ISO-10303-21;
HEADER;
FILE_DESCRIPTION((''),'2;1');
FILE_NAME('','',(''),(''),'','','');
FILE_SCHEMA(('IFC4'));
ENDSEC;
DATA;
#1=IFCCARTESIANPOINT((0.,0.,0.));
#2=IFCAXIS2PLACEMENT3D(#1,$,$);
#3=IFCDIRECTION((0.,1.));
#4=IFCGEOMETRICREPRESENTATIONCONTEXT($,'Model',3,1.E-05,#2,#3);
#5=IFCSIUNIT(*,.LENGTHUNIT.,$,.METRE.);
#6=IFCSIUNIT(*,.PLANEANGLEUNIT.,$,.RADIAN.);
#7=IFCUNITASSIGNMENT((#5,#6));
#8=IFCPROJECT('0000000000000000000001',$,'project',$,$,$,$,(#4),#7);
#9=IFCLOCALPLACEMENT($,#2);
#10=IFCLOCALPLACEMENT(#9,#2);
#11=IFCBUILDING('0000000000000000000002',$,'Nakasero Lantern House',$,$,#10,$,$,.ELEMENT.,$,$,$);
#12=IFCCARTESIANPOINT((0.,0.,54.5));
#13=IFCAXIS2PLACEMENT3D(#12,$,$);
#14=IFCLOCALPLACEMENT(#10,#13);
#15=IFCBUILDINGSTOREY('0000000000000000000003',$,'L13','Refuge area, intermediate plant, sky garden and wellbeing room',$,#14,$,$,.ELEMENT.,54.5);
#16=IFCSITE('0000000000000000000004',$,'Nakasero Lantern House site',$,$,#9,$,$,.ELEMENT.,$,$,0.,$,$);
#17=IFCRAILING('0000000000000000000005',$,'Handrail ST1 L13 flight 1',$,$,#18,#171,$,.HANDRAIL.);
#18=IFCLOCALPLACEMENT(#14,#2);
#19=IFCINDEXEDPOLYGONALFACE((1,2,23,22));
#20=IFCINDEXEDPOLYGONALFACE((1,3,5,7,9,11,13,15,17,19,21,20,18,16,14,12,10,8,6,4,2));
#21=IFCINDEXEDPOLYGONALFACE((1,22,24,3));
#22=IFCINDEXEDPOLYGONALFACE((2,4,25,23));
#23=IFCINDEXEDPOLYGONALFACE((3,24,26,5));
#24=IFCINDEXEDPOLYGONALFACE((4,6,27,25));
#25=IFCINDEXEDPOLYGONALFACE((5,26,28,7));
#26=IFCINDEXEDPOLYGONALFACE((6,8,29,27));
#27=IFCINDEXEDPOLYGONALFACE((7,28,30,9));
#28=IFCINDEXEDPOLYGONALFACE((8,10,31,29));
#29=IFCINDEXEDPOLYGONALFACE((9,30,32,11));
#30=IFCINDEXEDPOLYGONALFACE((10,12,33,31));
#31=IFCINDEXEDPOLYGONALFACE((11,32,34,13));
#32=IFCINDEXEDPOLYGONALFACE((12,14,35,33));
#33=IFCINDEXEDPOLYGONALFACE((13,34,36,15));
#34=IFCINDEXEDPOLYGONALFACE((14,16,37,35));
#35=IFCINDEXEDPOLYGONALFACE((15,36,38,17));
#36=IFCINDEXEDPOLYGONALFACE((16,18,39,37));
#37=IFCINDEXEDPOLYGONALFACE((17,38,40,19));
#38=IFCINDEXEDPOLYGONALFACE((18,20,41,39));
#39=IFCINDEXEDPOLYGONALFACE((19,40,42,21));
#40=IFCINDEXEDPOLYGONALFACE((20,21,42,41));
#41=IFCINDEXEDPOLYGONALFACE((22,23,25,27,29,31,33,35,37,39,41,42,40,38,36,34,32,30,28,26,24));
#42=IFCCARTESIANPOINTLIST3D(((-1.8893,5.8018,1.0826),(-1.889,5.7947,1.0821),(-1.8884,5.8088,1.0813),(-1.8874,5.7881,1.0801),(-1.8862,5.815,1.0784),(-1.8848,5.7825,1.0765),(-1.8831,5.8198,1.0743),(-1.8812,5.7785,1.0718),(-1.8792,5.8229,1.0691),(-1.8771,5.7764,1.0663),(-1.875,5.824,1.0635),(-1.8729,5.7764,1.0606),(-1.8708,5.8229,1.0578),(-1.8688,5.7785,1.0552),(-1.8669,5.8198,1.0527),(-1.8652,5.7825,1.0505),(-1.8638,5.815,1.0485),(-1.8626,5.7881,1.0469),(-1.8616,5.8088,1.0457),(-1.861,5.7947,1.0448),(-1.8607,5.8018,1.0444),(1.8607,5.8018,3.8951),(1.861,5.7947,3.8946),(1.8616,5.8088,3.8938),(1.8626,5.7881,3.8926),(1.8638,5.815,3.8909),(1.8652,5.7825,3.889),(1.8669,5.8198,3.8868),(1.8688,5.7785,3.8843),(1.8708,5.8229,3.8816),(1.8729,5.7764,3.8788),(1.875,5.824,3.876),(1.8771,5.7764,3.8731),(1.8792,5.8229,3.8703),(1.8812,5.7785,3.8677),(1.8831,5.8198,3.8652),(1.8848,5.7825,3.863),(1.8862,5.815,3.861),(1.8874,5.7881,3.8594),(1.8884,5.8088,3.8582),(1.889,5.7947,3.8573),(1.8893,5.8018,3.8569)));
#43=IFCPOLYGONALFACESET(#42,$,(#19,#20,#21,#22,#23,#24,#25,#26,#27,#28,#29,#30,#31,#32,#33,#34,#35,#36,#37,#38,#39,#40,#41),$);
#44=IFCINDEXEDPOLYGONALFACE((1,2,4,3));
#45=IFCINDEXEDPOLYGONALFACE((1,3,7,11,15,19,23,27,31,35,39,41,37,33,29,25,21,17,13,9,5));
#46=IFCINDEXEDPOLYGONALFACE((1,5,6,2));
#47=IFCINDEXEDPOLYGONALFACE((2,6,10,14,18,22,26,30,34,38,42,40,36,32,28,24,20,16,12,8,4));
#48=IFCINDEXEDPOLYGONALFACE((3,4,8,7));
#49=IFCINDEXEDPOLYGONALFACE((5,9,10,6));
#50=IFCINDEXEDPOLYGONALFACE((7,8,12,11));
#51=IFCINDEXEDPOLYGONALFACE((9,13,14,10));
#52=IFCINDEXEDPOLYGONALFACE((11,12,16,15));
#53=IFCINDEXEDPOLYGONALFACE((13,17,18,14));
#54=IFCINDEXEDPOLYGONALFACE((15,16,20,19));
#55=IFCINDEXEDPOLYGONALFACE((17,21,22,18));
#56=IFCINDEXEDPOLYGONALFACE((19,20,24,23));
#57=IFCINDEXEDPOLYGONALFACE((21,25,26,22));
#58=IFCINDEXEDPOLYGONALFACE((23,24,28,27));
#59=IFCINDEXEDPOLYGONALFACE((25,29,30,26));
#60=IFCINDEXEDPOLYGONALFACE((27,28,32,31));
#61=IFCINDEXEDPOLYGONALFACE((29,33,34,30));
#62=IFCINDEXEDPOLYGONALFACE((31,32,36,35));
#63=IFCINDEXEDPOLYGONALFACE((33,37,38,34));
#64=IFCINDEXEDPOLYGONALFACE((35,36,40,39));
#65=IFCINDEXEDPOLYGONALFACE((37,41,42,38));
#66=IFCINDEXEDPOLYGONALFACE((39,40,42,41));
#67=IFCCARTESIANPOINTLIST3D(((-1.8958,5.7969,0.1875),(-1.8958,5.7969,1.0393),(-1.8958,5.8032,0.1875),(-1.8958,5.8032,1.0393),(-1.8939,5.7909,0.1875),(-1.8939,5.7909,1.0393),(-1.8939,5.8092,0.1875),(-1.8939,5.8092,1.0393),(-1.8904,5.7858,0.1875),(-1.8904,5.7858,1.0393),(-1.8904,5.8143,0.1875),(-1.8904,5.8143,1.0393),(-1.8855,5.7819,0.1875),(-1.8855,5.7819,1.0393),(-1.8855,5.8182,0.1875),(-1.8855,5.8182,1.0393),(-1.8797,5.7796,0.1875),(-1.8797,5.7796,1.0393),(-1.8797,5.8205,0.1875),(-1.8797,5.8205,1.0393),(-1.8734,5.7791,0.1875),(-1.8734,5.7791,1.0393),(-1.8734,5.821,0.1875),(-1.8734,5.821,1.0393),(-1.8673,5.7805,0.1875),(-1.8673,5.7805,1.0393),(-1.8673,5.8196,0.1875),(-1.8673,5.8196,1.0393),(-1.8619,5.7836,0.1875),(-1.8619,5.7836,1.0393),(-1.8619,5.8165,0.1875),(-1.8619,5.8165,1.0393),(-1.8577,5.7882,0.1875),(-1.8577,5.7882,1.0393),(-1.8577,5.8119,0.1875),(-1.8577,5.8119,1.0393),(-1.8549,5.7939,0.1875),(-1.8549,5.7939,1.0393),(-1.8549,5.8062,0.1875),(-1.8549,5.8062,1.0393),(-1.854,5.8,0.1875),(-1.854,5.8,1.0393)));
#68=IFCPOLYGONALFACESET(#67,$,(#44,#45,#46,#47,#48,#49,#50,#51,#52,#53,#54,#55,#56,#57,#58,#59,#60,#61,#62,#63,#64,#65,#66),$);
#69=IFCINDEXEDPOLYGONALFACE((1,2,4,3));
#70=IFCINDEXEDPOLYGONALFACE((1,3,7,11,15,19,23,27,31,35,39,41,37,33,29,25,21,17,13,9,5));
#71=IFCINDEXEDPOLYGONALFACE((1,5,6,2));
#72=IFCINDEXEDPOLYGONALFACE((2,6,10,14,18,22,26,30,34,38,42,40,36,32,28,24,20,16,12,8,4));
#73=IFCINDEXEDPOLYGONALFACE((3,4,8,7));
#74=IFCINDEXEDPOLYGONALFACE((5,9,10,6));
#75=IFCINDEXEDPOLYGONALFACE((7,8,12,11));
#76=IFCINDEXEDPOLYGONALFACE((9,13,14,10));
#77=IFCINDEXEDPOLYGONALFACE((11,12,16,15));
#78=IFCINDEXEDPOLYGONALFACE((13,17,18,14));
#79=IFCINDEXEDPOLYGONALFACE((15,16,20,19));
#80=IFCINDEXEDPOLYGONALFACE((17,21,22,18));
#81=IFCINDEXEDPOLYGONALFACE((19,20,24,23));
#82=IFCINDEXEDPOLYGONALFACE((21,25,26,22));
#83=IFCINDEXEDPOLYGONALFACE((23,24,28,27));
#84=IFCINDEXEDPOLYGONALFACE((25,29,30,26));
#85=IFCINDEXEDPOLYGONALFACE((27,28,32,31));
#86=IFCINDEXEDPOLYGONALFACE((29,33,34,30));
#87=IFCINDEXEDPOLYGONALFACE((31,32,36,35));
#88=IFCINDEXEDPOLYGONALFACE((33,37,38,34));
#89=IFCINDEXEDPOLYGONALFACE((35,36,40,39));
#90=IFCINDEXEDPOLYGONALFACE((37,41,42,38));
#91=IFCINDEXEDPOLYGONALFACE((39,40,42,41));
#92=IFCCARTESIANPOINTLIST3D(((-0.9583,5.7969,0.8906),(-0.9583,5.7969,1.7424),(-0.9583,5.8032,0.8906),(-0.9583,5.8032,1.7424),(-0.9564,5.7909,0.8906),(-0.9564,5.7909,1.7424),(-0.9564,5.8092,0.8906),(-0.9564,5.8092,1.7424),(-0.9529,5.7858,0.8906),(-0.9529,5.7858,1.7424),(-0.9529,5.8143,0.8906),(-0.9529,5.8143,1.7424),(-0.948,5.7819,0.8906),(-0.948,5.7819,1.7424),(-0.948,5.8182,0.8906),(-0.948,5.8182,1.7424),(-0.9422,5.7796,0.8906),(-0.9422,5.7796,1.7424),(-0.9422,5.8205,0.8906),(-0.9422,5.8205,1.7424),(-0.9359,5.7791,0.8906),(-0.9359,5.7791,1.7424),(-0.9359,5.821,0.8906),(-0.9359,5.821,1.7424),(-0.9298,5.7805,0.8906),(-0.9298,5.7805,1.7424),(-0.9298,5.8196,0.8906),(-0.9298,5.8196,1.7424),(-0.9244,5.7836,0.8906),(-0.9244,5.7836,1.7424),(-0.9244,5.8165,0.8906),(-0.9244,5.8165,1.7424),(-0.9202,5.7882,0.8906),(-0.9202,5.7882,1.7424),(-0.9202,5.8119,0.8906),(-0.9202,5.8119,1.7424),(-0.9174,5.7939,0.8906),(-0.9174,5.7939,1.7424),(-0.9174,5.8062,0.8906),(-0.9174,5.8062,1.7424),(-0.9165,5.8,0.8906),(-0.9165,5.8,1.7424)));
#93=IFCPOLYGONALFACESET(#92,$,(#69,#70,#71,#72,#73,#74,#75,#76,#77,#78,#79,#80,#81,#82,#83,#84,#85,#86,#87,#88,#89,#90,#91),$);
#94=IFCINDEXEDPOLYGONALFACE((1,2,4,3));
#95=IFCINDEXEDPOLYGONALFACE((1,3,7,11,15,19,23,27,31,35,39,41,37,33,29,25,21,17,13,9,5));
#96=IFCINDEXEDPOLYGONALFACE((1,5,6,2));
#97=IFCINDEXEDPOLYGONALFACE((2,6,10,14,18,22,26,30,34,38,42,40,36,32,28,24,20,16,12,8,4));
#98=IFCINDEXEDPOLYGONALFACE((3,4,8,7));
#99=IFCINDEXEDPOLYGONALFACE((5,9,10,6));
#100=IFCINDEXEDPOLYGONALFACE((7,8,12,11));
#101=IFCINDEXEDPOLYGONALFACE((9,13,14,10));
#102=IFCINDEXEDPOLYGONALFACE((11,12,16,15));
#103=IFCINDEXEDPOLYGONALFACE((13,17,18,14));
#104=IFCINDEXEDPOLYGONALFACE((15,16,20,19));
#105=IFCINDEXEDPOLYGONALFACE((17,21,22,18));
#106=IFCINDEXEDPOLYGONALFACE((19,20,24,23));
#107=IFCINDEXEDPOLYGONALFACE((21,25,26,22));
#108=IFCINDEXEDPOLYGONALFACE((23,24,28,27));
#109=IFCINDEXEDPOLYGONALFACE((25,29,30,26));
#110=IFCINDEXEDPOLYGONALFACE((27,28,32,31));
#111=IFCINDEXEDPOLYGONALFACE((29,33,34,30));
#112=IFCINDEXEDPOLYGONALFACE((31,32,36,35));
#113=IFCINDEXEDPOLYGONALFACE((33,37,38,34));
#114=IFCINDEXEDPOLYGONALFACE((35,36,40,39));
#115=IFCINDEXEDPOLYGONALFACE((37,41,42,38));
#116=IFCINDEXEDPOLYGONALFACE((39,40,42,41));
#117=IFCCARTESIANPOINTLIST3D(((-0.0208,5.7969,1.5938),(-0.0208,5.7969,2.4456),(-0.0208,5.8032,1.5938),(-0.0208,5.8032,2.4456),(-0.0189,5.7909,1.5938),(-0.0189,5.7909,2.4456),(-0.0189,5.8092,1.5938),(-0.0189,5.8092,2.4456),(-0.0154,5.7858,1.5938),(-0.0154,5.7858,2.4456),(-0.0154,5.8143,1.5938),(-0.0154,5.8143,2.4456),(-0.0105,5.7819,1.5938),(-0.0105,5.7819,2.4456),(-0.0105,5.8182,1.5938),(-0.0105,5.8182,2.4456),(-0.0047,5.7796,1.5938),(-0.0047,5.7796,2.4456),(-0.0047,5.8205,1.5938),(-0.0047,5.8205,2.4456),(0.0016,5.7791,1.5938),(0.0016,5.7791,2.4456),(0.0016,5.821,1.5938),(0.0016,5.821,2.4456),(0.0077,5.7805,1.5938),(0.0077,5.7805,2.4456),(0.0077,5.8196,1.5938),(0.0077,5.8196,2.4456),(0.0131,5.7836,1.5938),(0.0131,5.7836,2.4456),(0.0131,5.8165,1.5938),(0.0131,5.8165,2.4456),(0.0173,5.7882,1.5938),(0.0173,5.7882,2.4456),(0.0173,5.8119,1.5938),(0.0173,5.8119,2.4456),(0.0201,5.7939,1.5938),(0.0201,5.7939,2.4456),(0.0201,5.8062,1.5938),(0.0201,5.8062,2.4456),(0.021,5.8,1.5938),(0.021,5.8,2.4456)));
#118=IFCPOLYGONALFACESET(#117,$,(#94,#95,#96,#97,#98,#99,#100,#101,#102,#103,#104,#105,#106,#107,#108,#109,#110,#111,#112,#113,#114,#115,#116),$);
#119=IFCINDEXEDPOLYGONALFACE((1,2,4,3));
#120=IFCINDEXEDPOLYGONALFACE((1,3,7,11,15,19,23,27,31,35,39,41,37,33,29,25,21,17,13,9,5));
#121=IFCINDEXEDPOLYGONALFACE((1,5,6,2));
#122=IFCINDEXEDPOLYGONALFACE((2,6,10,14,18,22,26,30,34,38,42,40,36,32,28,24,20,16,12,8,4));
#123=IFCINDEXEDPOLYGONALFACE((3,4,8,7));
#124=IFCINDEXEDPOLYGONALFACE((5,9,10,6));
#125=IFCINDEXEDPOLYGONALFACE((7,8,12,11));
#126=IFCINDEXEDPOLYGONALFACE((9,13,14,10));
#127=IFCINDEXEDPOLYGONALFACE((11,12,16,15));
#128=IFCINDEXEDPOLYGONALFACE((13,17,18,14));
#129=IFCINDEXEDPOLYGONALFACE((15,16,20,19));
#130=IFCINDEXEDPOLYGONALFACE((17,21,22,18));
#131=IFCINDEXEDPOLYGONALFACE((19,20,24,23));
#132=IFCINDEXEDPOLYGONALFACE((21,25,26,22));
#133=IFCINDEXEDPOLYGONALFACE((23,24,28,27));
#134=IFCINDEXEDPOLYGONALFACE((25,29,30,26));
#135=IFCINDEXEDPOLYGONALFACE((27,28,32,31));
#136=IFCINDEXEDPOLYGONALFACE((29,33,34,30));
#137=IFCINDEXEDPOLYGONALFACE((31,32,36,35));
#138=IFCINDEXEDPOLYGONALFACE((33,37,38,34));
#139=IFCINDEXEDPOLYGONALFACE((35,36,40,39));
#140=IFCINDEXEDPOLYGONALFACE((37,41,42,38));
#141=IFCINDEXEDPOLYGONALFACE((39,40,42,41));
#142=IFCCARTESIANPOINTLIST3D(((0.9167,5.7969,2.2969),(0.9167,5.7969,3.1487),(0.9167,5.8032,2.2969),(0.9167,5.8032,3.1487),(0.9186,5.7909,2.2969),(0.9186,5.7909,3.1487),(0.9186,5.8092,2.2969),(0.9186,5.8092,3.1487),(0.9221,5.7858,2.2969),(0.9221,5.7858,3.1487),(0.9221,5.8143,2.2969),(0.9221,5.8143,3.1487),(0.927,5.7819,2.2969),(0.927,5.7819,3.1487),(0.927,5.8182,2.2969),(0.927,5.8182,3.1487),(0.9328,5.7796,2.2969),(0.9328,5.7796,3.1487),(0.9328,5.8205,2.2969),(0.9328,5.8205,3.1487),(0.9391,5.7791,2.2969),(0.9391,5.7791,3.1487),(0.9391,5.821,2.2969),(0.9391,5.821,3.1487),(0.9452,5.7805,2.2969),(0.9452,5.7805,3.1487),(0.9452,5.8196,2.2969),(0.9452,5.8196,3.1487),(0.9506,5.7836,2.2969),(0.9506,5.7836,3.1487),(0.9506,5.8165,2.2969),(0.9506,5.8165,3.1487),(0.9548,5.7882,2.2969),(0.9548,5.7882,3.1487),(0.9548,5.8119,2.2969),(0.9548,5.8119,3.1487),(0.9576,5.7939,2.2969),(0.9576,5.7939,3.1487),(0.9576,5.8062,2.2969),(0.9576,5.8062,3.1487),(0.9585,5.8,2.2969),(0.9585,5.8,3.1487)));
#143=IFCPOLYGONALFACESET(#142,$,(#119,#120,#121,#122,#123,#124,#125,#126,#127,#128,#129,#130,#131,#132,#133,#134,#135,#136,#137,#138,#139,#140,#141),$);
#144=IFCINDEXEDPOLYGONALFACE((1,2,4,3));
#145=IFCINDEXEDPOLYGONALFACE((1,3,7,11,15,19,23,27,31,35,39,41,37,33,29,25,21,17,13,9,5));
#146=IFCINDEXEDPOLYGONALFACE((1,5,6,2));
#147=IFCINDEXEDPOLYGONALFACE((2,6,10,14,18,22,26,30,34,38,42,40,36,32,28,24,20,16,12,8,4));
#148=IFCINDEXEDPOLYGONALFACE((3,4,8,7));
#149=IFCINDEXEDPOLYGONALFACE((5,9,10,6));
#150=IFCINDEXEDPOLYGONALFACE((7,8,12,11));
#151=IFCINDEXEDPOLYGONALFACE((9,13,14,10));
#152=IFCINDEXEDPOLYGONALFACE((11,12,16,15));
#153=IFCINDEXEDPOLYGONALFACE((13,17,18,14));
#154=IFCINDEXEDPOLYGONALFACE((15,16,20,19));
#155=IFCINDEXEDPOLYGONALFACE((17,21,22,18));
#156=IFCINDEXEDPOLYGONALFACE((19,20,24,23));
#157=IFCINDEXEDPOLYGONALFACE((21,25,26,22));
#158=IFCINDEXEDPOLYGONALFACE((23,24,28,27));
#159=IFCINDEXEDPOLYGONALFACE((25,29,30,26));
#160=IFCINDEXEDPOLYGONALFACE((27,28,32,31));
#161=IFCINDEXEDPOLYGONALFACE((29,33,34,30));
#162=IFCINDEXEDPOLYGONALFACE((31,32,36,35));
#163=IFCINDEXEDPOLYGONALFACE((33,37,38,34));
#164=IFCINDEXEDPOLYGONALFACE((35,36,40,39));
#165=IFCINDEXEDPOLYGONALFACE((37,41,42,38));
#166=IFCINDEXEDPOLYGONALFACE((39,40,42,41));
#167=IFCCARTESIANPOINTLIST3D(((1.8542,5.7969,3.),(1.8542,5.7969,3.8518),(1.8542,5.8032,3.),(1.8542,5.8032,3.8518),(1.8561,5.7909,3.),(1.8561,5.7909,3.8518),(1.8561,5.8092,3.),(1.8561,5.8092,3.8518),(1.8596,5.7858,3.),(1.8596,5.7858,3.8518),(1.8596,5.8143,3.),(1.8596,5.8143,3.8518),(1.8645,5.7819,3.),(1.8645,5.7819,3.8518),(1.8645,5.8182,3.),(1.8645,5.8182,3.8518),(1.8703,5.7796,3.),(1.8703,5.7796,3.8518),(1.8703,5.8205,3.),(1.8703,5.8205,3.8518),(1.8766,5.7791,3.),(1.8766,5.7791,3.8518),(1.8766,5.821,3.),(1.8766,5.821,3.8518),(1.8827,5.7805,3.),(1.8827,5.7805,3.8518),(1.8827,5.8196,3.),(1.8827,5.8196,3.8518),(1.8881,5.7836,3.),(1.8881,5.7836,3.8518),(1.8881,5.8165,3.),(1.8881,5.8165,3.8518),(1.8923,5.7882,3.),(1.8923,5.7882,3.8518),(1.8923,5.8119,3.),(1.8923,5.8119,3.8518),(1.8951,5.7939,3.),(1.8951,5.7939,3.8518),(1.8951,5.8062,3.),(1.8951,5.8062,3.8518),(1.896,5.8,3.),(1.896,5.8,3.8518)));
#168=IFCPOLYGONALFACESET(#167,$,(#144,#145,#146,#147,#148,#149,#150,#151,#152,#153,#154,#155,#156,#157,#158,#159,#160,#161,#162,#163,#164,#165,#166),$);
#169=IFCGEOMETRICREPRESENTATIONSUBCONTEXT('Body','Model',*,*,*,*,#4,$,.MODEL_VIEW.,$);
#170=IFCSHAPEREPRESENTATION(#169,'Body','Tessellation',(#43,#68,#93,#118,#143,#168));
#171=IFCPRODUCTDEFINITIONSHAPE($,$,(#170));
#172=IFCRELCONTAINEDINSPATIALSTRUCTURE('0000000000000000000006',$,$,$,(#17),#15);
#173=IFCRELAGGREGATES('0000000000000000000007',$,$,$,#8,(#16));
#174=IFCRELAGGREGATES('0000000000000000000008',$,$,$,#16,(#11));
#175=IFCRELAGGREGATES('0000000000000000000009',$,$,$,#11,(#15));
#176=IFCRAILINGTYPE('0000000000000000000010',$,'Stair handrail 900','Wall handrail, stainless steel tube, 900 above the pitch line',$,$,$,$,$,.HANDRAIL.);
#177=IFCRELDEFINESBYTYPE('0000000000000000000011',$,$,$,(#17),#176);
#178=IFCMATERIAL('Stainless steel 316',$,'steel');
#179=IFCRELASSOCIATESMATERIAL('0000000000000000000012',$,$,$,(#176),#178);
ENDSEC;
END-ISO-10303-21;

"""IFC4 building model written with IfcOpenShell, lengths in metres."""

from ifc_helpers import new_model, si_unit, direction, frame, origin, origin_2d, place, context, subcontext, project, spatial, circle, extrude, material, type_object, element, save


model = new_model("IFC4")

# Units and contexts
model_context = context("Model", 3, precision=1e-05, world=origin(), true_north=direction((0.0, 1.0)))
body_context = subcontext(model_context, "Body", "Model", "MODEL_VIEW")
ifc_project = project(units=[si_unit("LENGTHUNIT", "METRE"), si_unit("PLANEANGLEUNIT", "RADIAN")], contexts=[model_context])

# Site, building, storey
site_placement = place(None, origin())
site = spatial("IfcSite", under=ifc_project, at=site_placement, Name="Nakasero Lantern House site", CompositionType="ELEMENT", RefElevation=0.0)
building_placement = place(site_placement, origin())
building = spatial("IfcBuilding", under=site, at=building_placement, Name="Nakasero Lantern House", CompositionType="ELEMENT")
storey_placement = place(building_placement, frame((0.0, 0.0, 54.5)))
storey = spatial("IfcBuildingStorey", under=building, at=storey_placement, Name="L13", Description="Refuge area, intermediate plant, sky garden and wellbeing room", CompositionType="ELEMENT", Elevation=54.5)

# Railing
ifc_material_1 = material(Name="Stainless steel 316", Category="steel")
railing_type = type_object("IfcRailingType", Name="Stair handrail 900", Description="Wall handrail, stainless steel tube, 900 above the pitch line", PredefinedType="HANDRAIL", material=ifc_material_1)
railing_placement = place(storey_placement, frame((-1.875, 5.8, 0.1875)))
element("IfcRailing", 1, at=railing_placement, inside=storey, type_object=railing_type, Name="Handrail ST1 L13 flight 1", PredefinedType="HANDRAIL", context=body_context, shape_type="SweptSolid", body=[
    extrude(circle(Radius=0.0239, at=origin_2d()), frame((0.0, 0.0, 0.876), z_axis=(0.8, 0.0, 0.6), x_axis=(0.0, 1.0, 0.0)), (0.0, 0.0, 1.0), 4.6875),
    extrude(circle(Radius=0.021, at=origin_2d()), origin(), (0.0, 0.0, 1.0), 0.8518),
    extrude(circle(Radius=0.021, at=origin_2d()), frame((0.9375, 0.0, 0.7031)), (0.0, 0.0, 1.0), 0.8518),
    extrude(circle(Radius=0.021, at=origin_2d()), frame((1.875, 0.0, 1.4062)), (0.0, 0.0, 1.0), 0.8518),
    extrude(circle(Radius=0.021, at=origin_2d()), frame((2.8125, 0.0, 2.1094)), (0.0, 0.0, 1.0), 0.8518),
    extrude(circle(Radius=0.021, at=origin_2d()), frame((3.75, 0.0, 2.8125)), (0.0, 0.0, 1.0), 0.8518),
])

save(model, "model.ifc")
